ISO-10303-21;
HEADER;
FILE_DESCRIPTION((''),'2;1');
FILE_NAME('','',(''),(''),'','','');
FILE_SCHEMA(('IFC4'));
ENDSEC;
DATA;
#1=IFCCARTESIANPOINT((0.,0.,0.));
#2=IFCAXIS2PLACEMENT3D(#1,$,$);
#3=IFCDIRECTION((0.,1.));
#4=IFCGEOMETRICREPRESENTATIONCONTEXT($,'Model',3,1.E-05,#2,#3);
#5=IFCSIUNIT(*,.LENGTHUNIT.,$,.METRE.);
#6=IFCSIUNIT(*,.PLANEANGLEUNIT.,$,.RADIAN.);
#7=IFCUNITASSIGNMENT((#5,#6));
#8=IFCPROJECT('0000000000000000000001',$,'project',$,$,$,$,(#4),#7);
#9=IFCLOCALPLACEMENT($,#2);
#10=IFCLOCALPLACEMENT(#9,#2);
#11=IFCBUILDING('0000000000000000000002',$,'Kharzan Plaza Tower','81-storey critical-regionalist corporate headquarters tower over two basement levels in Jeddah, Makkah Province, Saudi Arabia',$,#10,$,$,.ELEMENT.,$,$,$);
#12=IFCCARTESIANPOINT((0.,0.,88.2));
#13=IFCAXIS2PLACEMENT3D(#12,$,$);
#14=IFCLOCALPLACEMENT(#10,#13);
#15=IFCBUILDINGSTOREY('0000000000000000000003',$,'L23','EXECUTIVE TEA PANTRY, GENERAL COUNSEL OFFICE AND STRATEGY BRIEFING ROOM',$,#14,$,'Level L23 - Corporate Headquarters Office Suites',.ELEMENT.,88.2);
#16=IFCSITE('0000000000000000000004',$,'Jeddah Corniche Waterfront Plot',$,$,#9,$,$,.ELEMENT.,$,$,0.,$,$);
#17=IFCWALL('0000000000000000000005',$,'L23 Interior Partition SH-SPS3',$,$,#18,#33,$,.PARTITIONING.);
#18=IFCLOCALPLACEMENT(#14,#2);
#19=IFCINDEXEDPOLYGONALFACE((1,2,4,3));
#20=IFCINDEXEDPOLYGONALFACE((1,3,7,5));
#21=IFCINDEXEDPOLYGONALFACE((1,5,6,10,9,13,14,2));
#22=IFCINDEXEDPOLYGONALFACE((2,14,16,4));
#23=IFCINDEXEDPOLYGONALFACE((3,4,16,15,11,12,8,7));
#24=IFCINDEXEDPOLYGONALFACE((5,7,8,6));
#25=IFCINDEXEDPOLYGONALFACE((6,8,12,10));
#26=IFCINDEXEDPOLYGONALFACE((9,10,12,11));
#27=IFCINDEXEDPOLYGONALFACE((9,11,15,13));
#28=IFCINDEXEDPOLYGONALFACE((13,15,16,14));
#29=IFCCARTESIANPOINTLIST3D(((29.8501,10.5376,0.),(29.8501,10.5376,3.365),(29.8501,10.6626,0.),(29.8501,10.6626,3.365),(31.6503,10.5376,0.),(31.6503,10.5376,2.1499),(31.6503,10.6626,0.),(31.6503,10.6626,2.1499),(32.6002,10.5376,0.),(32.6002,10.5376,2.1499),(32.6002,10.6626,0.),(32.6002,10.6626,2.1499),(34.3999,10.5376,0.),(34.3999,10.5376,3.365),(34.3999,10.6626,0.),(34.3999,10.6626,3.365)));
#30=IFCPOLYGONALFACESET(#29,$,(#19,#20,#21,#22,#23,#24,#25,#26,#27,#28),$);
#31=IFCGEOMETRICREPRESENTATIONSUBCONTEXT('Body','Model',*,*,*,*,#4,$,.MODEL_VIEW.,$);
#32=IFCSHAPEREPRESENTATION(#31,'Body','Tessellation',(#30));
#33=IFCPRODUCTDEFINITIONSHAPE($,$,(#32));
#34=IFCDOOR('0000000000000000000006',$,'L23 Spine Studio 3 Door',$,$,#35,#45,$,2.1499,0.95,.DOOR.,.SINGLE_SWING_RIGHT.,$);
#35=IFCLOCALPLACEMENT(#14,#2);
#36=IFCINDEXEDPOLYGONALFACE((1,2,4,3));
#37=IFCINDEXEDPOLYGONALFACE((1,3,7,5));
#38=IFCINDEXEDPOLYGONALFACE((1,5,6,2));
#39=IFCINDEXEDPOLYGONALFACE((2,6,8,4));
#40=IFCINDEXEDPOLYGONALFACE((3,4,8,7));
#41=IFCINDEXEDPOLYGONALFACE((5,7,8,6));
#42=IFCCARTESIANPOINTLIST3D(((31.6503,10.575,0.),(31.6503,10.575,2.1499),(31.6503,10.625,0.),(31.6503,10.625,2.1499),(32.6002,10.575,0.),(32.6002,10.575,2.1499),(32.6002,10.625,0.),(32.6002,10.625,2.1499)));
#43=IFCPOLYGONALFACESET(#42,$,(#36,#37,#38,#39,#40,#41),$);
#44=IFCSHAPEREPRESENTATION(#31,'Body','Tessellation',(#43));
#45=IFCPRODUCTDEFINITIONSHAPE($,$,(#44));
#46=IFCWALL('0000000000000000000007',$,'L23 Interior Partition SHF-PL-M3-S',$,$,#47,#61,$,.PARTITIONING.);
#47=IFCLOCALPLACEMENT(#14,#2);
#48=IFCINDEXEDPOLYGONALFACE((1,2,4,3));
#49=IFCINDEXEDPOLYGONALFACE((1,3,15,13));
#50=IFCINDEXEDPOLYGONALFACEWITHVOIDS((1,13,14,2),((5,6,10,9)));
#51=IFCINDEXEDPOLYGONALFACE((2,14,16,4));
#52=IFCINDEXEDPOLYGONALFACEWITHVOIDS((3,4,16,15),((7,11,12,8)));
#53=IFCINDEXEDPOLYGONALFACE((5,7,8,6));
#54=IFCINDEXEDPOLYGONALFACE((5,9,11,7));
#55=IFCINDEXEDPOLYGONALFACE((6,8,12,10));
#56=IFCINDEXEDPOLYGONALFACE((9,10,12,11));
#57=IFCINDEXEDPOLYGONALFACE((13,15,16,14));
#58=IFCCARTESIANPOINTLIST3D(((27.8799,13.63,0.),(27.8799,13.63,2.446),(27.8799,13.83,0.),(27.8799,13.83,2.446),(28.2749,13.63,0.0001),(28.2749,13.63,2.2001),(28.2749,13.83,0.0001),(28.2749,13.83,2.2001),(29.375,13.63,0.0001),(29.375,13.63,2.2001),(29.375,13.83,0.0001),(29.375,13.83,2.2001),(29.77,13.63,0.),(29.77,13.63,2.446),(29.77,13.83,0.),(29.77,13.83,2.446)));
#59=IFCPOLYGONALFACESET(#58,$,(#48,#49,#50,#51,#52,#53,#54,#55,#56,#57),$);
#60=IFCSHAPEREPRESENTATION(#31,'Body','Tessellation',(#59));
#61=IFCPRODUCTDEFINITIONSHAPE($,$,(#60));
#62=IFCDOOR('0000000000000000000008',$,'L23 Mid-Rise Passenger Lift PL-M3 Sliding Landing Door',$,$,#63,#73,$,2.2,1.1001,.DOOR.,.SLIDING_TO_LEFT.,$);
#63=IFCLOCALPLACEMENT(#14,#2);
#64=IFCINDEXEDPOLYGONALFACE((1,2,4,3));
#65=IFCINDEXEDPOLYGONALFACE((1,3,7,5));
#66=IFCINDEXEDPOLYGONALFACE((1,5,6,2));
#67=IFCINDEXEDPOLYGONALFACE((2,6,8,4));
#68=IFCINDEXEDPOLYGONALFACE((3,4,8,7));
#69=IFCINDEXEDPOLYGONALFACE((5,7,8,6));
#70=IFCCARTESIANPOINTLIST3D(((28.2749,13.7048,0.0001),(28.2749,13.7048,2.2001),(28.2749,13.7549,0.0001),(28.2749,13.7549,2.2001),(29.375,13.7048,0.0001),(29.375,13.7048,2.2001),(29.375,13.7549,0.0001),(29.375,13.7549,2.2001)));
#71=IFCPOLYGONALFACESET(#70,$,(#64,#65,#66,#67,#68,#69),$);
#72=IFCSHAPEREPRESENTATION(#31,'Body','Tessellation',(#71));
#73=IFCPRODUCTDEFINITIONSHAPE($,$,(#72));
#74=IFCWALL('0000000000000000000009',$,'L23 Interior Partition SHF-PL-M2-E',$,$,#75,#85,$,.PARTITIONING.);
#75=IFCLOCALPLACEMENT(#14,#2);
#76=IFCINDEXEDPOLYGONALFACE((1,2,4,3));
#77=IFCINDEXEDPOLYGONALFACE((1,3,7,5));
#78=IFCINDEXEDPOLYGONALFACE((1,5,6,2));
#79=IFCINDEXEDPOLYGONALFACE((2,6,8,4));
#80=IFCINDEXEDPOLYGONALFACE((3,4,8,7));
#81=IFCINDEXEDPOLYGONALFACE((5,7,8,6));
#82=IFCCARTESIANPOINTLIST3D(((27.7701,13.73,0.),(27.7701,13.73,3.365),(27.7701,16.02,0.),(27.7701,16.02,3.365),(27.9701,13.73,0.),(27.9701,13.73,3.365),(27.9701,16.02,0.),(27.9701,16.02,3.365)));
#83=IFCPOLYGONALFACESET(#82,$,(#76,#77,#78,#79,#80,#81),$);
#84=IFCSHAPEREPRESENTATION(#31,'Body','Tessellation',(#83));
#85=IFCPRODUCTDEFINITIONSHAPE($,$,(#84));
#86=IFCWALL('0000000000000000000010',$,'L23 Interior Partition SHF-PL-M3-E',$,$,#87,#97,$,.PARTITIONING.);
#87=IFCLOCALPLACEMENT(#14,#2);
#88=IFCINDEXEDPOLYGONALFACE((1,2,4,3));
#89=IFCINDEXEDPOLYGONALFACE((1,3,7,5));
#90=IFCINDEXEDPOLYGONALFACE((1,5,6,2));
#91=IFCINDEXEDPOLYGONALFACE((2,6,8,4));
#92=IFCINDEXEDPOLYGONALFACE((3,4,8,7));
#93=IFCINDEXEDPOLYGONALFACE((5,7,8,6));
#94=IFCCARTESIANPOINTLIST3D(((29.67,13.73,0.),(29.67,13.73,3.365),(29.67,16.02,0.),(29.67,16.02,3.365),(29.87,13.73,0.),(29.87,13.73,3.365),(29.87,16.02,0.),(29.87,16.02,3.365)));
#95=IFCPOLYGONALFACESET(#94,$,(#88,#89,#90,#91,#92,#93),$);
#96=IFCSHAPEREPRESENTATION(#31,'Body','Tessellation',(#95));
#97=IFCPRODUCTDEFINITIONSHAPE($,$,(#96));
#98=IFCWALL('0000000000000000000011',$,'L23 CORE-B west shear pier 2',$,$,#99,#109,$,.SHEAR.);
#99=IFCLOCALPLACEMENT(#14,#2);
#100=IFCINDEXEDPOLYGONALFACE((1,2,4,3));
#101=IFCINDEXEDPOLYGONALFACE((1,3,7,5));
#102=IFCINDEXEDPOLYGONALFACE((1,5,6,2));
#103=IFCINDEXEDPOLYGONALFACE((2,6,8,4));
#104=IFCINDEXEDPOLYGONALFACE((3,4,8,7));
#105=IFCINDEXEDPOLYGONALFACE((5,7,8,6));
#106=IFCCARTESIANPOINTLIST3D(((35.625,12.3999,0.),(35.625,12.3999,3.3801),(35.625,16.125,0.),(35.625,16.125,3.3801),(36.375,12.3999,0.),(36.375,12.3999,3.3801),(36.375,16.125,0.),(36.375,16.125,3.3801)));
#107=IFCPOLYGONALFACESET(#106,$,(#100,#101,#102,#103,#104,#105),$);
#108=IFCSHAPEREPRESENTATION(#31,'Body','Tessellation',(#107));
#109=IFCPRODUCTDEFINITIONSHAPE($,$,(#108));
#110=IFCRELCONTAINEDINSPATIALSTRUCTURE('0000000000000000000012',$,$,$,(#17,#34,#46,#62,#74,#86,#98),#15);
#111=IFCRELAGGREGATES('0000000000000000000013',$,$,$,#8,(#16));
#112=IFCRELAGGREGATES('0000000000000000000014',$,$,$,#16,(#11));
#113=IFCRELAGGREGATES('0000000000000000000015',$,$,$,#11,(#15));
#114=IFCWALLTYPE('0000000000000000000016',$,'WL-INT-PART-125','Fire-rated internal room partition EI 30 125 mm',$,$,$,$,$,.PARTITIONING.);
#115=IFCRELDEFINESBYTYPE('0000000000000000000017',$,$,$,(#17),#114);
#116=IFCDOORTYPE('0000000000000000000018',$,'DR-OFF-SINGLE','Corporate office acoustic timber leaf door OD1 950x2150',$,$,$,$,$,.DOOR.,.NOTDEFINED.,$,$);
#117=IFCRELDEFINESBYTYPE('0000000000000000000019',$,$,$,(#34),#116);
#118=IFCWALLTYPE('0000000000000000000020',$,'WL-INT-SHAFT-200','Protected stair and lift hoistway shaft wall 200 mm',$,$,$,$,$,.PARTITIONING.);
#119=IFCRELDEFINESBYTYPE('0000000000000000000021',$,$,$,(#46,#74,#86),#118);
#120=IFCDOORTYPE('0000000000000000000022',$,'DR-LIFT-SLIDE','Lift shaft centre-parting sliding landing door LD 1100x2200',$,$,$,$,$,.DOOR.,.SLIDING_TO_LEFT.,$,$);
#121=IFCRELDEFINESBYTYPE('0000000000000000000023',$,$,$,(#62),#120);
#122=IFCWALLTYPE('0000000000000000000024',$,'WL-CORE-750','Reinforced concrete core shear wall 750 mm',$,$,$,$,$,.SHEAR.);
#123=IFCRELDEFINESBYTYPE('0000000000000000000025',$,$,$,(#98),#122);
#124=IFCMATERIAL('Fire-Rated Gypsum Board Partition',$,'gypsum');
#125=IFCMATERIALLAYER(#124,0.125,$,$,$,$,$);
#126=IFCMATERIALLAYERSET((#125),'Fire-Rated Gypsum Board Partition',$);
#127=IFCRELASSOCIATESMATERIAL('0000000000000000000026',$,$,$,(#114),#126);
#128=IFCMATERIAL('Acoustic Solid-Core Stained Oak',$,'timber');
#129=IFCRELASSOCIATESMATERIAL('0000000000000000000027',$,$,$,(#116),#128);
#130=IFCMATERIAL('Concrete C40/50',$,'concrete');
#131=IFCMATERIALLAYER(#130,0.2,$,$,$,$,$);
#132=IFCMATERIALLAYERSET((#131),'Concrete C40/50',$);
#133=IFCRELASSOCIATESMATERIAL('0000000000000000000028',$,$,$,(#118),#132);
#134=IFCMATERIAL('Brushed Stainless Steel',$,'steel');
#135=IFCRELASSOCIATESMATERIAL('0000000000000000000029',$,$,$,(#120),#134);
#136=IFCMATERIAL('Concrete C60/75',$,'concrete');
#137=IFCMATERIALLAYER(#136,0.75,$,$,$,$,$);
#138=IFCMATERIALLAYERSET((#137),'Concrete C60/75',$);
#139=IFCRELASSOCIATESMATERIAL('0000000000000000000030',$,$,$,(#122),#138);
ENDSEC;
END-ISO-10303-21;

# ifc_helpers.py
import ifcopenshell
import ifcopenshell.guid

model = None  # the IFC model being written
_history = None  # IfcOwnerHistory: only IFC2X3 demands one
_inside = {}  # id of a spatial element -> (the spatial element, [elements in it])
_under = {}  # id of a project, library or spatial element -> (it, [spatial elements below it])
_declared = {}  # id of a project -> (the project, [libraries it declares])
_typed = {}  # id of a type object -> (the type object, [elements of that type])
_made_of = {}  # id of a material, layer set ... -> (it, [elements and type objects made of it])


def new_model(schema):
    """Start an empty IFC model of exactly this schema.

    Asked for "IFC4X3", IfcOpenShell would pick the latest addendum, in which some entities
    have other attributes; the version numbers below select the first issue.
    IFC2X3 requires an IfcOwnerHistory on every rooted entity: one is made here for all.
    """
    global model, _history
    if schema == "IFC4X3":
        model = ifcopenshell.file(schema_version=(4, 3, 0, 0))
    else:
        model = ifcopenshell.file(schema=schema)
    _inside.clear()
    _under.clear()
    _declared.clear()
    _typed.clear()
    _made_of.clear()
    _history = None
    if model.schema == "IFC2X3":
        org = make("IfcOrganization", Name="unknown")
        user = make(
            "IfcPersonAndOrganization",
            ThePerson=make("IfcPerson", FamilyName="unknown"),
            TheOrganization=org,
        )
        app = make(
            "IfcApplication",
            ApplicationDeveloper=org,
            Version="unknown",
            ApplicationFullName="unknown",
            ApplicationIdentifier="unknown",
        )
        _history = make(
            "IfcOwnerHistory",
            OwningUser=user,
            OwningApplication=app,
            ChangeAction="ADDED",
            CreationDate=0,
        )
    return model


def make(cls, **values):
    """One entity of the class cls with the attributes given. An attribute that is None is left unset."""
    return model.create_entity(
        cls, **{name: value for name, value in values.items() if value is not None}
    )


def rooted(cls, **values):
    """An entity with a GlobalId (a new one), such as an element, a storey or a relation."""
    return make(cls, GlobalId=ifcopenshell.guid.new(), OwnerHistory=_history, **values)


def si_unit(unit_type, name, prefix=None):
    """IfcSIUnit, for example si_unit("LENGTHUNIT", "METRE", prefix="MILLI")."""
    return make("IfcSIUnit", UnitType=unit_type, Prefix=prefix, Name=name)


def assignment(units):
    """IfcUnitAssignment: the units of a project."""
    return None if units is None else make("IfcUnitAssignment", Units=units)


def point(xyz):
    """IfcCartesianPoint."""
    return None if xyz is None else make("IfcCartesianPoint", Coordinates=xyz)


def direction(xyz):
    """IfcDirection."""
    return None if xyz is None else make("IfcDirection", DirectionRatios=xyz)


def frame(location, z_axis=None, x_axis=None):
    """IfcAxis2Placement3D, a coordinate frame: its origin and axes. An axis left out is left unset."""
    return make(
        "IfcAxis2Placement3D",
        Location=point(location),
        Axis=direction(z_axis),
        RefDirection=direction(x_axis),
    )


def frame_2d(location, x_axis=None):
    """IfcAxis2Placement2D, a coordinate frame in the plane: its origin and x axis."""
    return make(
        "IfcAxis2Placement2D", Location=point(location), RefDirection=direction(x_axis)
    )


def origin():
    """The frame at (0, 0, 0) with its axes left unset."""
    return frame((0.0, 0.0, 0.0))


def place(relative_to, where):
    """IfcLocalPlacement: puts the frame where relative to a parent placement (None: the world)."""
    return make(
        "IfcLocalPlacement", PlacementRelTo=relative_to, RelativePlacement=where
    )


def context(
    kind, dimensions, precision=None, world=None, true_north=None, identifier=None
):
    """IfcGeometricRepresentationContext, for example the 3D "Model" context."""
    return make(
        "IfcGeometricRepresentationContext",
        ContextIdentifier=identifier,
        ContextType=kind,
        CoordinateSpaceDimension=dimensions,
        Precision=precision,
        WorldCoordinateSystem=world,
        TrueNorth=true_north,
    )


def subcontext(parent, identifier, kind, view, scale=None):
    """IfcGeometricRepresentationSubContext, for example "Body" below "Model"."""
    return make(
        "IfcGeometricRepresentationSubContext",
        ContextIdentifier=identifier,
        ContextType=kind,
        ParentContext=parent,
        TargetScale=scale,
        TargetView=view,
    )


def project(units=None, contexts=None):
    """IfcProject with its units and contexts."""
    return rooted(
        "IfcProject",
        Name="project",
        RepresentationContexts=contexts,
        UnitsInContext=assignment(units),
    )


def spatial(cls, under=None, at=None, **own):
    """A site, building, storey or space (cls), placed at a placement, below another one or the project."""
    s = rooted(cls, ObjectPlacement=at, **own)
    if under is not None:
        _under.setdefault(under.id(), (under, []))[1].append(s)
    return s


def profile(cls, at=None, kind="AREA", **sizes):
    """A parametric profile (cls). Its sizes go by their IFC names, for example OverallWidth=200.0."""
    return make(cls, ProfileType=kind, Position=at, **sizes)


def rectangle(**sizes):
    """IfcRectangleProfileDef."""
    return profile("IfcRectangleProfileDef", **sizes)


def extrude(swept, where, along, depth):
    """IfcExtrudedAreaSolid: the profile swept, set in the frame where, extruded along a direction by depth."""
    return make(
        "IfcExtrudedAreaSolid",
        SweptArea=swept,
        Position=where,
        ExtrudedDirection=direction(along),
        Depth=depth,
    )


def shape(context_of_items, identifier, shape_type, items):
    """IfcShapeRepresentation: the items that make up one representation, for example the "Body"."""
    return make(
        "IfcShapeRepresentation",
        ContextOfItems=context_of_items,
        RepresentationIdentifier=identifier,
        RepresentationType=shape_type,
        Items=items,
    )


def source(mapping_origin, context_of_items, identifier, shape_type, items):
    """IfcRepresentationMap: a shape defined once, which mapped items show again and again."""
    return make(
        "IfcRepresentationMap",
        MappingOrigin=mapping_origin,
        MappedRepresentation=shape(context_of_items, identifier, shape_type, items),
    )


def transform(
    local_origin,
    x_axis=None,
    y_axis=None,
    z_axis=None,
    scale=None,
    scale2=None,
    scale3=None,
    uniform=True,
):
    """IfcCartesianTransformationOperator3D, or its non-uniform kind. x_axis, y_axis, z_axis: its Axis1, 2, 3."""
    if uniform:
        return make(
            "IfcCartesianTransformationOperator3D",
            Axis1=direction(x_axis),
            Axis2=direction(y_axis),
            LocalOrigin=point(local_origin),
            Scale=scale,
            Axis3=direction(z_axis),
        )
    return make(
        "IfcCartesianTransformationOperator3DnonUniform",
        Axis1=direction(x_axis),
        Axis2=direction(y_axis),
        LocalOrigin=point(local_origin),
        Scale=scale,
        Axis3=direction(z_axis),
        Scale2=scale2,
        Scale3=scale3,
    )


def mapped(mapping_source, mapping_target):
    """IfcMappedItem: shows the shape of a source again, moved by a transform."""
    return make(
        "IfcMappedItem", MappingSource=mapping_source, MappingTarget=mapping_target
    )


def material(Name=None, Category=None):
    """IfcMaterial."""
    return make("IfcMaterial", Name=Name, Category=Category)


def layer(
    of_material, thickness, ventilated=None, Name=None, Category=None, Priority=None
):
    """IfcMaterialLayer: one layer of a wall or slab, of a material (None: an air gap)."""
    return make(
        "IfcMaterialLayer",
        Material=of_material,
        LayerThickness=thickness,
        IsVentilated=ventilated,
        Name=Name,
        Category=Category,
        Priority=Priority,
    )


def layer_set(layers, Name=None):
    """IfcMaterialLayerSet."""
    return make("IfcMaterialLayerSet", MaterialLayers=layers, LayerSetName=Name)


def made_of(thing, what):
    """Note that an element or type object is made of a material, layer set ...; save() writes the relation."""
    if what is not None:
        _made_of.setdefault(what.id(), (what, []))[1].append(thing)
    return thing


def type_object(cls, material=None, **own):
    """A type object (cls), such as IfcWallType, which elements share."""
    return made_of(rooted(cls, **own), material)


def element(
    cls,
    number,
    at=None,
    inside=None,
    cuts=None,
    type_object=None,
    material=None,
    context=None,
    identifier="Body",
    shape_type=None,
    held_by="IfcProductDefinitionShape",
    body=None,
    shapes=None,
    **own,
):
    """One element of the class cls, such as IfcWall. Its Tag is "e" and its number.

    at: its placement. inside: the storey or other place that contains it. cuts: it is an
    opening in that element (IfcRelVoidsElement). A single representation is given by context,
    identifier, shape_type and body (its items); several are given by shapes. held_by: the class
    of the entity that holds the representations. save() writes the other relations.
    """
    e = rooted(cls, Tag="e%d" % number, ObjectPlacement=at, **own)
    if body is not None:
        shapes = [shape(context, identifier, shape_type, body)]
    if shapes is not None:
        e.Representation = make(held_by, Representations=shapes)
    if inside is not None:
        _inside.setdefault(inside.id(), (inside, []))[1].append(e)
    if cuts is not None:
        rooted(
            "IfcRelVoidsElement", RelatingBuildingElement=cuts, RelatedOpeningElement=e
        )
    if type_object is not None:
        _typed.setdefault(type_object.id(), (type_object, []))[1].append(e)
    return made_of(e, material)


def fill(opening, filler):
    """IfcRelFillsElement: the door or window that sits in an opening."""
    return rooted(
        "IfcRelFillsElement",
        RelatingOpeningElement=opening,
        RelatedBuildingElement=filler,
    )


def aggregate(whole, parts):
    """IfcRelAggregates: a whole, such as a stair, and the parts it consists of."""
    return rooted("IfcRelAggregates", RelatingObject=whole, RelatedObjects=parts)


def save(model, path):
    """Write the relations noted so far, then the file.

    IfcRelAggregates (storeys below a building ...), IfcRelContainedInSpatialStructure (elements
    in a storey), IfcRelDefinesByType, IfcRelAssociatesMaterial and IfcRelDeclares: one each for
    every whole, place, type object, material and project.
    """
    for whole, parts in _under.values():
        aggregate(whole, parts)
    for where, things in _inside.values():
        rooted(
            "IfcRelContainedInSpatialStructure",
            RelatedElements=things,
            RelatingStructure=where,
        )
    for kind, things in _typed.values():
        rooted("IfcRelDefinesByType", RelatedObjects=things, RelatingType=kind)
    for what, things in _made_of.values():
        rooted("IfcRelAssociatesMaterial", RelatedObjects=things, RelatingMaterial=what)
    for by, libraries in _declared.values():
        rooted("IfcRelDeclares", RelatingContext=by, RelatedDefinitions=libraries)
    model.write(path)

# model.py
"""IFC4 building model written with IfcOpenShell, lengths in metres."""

from ifc_helpers import new_model, si_unit, direction, frame, frame_2d, origin, place, context, subcontext, project, spatial, rectangle, extrude, source, transform, mapped, material, layer, layer_set, type_object, element, fill, save


model = new_model("IFC4")

# Units and contexts
model_context = context("Model", 3, precision=1e-05, world=origin(), true_north=direction((0.0, 1.0)))
body_context = subcontext(model_context, "Body", "Model", "MODEL_VIEW")
ifc_project = project(units=[si_unit("LENGTHUNIT", "METRE"), si_unit("PLANEANGLEUNIT", "RADIAN")], contexts=[model_context])

# Site, building, storey
site_placement = place(None, origin())
site = spatial("IfcSite", under=ifc_project, at=site_placement, Name="Jeddah Corniche Waterfront Plot", CompositionType="ELEMENT", RefElevation=0.0)
building_placement = place(site_placement, origin())
building = spatial("IfcBuilding", under=site, at=building_placement, Name="Kharzan Plaza Tower", Description="81-storey critical-regionalist corporate headquarters tower over two basement levels in Jeddah, Makkah Province, Saudi Arabia", CompositionType="ELEMENT")
storey_placement = place(building_placement, frame((0.0, 0.0, 88.2)))
storey = spatial("IfcBuildingStorey", under=building, at=storey_placement, Name="L23", Description="EXECUTIVE TEA PANTRY, GENERAL COUNSEL OFFICE AND STRATEGY BRIEFING ROOM", LongName="Level L23 - Corporate Headquarters Office Suites", CompositionType="ELEMENT", Elevation=88.2)

# Shared definitions
ifc_material_1 = material(Name="Concrete C60/75", Category="concrete")

# Walls, openings, doors
ifc_material_2 = material(Name="Fire-Rated Gypsum Board Partition", Category="gypsum")
ifc_layer_1 = layer(ifc_material_2, 0.125)
ifc_layer_set_1 = layer_set([ifc_layer_1], Name="Fire-Rated Gypsum Board Partition")
wall_type_1 = type_object("IfcWallType", Name="WL-INT-PART-125", Description="Fire-rated internal room partition EI 30 125 mm", PredefinedType="PARTITIONING", material=ifc_layer_set_1)
ifc_material_3 = material(Name="Acoustic Solid-Core Stained Oak", Category="timber")
door_type_1 = type_object("IfcDoorType", Name="DR-OFF-SINGLE", Description="Corporate office acoustic timber leaf door OD1 950x2150", OperationType="NOTDEFINED", PredefinedType="DOOR", material=ifc_material_3)
shared_shape_1 = source(origin(), body_context, "Body", "SweptSolid", [
    extrude(rectangle(XDim=0.95, YDim=2.1499, at=frame_2d((0.4751, 1.075))), frame((0.0, 0.0249, 0.0), z_axis=(0.0, -1.0, 0.0), x_axis=(1.0, 0.0, 0.0)), (0.0, 0.0, 1.0), 0.05),
])
wall_1_placement = place(storey_placement, frame((29.8501, 10.6001, 0.0), z_axis=(0.0, 0.0, 1.0), x_axis=(1.0, 0.0, 0.0)))
wall_1 = element("IfcWall", 1, at=wall_1_placement, inside=storey, type_object=wall_type_1, Name="L23 Interior Partition SH-SPS3", PredefinedType="PARTITIONING", context=body_context, shape_type="SweptSolid", body=[
    extrude(rectangle(XDim=4.5498, YDim=0.125, at=frame_2d((2.2749, 0.0))), origin(), (0.0, 0.0, 1.0), 3.365),
])
opening_1_placement = place(wall_1_placement, frame((1.8, 0.0, 0.0)))
opening_1 = element("IfcOpeningElement", 2, at=opening_1_placement, cuts=wall_1, PredefinedType="OPENING", context=body_context, shape_type="SweptSolid", body=[
    extrude(rectangle(XDim=0.95, YDim=2.1499, at=frame_2d((0.4751, 1.075))), frame((0.0, 0.0725, 0.0), z_axis=(0.0, -1.0, 0.0), x_axis=(1.0, 0.0, 0.0)), (0.0, 0.0, 1.0), 0.145),
])
door_1_placement = place(opening_1_placement, origin())
door_1 = element("IfcDoor", 3, at=door_1_placement, inside=storey, type_object=door_type_1, Name="L23 Spine Studio 3 Door", OperationType="SINGLE_SWING_RIGHT", OverallHeight=2.1499, OverallWidth=0.95, PredefinedType="DOOR", context=body_context, shape_type="MappedRepresentation", body=[
    mapped(shared_shape_1, transform((0.0, 0.0, 0.0), x_axis=(1.0, 0.0, 0.0), y_axis=(0.0, 1.0, 0.0), z_axis=(0.0, 0.0, 1.0))),
])
fill(opening_1, door_1)
ifc_material_4 = material(Name="Concrete C40/50", Category="concrete")
ifc_layer_2 = layer(ifc_material_4, 0.2)
ifc_layer_set_2 = layer_set([ifc_layer_2], Name="Concrete C40/50")
wall_type_2 = type_object("IfcWallType", Name="WL-INT-SHAFT-200", Description="Protected stair and lift hoistway shaft wall 200 mm", PredefinedType="PARTITIONING", material=ifc_layer_set_2)
wall_2_placement = place(storey_placement, frame((27.8799, 13.73, 0.0), z_axis=(0.0, 0.0, 1.0), x_axis=(1.0, 0.0, 0.0)))
wall_2 = element("IfcWall", 4, at=wall_2_placement, inside=storey, type_object=wall_type_2, Name="L23 Interior Partition SHF-PL-M3-S", PredefinedType="PARTITIONING", context=body_context, shape_type="SweptSolid", body=[
    extrude(rectangle(XDim=1.8901, YDim=0.2, at=frame_2d((0.9451, 0.0))), origin(), (0.0, 0.0, 1.0), 2.446),
])
opening_2_placement = place(wall_2_placement, frame((0.395, 0.0, 0.0)))
opening_2 = element("IfcOpeningElement", 5, at=opening_2_placement, cuts=wall_2, PredefinedType="OPENING", context=body_context, shape_type="SweptSolid", body=[
    extrude(rectangle(XDim=1.1001, YDim=2.2, at=frame_2d((0.55, 1.1001))), frame((0.0, 0.1099, 0.0), z_axis=(0.0, -1.0, 0.0), x_axis=(1.0, 0.0, 0.0)), (0.0, 0.0, 1.0), 0.22),
])
ifc_material_5 = material(Name="Brushed Stainless Steel", Category="steel")
door_type_2 = type_object("IfcDoorType", Name="DR-LIFT-SLIDE", Description="Lift shaft centre-parting sliding landing door LD 1100x2200", OperationType="SLIDING_TO_LEFT", PredefinedType="DOOR", material=ifc_material_5)
shared_shape_2 = source(origin(), body_context, "Body", "SweptSolid", [
    extrude(rectangle(XDim=1.1001, YDim=2.2, at=frame_2d((0.55, 1.1001))), frame((0.0, 0.0249, 0.0), z_axis=(0.0, -1.0, 0.0), x_axis=(1.0, 0.0, 0.0)), (0.0, 0.0, 1.0), 0.05),
])
door_2_placement = place(opening_2_placement, origin())
door_2 = element("IfcDoor", 6, at=door_2_placement, inside=storey, type_object=door_type_2, Name="L23 Mid-Rise Passenger Lift PL-M3 Sliding Landing Door", OperationType="SLIDING_TO_LEFT", OverallHeight=2.2, OverallWidth=1.1001, PredefinedType="DOOR", context=body_context, shape_type="MappedRepresentation", body=[
    mapped(shared_shape_2, transform((0.0, 0.0, 0.0), x_axis=(1.0, 0.0, 0.0), y_axis=(0.0, 1.0, 0.0), z_axis=(0.0, 0.0, 1.0))),
])
fill(opening_2, door_2)

# Walls
shared_shape_3 = source(origin(), body_context, "Body", "SweptSolid", [
    extrude(rectangle(XDim=2.29, YDim=0.2, at=frame_2d((1.145, 0.0))), origin(), (0.0, 0.0, 1.0), 3.365),
])
for number, where, z_axis, x_axis, name in (
    (7, (27.8701, 13.73, 0.0), (0.0, 0.0, 1.0), (0.0, 1.0, 0.0), "L23 Interior Partition SHF-PL-M2-E"),
    (8, (29.77, 13.73, 0.0), (0.0, 0.0, 1.0), (0.0, 1.0, 0.0), "L23 Interior Partition SHF-PL-M3-E"),
):
    element("IfcWall", number, at=place(storey_placement, frame(where, z_axis=z_axis, x_axis=x_axis)), inside=storey, type_object=wall_type_2, Name=name, PredefinedType="PARTITIONING", context=body_context, shape_type="MappedRepresentation", body=[
        mapped(shared_shape_3, transform((0.0, 0.0, 0.0), x_axis=(1.0, 0.0, 0.0), y_axis=(0.0, 1.0, 0.0), z_axis=(0.0, 0.0, 1.0))),
    ])
ifc_layer_3 = layer(ifc_material_1, 0.75)
ifc_layer_set_3 = layer_set([ifc_layer_3], Name="Concrete C60/75")
wall_type_3 = type_object("IfcWallType", Name="WL-CORE-750", Description="Reinforced concrete core shear wall 750 mm", PredefinedType="SHEAR", material=ifc_layer_set_3)
shared_shape_4 = source(origin(), body_context, "Body", "SweptSolid", [
    extrude(rectangle(XDim=3.7251, YDim=0.75, at=frame_2d((1.8625, 0.0))), origin(), (0.0, 0.0, 1.0), 3.3801),
])
wall_3_placement = place(storey_placement, frame((36.0, 12.3999, 0.0), z_axis=(0.0, 0.0, 1.0), x_axis=(0.0, 1.0, 0.0)))
element("IfcWall", 9, at=wall_3_placement, inside=storey, type_object=wall_type_3, Name="L23 CORE-B west shear pier 2", PredefinedType="SHEAR", context=body_context, shape_type="MappedRepresentation", body=[
    mapped(shared_shape_4, transform((0.0, 0.0, 0.0), x_axis=(1.0, 0.0, 0.0), y_axis=(0.0, 1.0, 0.0), z_axis=(0.0, 0.0, 1.0))),
])

save(model, "model.ifc")
